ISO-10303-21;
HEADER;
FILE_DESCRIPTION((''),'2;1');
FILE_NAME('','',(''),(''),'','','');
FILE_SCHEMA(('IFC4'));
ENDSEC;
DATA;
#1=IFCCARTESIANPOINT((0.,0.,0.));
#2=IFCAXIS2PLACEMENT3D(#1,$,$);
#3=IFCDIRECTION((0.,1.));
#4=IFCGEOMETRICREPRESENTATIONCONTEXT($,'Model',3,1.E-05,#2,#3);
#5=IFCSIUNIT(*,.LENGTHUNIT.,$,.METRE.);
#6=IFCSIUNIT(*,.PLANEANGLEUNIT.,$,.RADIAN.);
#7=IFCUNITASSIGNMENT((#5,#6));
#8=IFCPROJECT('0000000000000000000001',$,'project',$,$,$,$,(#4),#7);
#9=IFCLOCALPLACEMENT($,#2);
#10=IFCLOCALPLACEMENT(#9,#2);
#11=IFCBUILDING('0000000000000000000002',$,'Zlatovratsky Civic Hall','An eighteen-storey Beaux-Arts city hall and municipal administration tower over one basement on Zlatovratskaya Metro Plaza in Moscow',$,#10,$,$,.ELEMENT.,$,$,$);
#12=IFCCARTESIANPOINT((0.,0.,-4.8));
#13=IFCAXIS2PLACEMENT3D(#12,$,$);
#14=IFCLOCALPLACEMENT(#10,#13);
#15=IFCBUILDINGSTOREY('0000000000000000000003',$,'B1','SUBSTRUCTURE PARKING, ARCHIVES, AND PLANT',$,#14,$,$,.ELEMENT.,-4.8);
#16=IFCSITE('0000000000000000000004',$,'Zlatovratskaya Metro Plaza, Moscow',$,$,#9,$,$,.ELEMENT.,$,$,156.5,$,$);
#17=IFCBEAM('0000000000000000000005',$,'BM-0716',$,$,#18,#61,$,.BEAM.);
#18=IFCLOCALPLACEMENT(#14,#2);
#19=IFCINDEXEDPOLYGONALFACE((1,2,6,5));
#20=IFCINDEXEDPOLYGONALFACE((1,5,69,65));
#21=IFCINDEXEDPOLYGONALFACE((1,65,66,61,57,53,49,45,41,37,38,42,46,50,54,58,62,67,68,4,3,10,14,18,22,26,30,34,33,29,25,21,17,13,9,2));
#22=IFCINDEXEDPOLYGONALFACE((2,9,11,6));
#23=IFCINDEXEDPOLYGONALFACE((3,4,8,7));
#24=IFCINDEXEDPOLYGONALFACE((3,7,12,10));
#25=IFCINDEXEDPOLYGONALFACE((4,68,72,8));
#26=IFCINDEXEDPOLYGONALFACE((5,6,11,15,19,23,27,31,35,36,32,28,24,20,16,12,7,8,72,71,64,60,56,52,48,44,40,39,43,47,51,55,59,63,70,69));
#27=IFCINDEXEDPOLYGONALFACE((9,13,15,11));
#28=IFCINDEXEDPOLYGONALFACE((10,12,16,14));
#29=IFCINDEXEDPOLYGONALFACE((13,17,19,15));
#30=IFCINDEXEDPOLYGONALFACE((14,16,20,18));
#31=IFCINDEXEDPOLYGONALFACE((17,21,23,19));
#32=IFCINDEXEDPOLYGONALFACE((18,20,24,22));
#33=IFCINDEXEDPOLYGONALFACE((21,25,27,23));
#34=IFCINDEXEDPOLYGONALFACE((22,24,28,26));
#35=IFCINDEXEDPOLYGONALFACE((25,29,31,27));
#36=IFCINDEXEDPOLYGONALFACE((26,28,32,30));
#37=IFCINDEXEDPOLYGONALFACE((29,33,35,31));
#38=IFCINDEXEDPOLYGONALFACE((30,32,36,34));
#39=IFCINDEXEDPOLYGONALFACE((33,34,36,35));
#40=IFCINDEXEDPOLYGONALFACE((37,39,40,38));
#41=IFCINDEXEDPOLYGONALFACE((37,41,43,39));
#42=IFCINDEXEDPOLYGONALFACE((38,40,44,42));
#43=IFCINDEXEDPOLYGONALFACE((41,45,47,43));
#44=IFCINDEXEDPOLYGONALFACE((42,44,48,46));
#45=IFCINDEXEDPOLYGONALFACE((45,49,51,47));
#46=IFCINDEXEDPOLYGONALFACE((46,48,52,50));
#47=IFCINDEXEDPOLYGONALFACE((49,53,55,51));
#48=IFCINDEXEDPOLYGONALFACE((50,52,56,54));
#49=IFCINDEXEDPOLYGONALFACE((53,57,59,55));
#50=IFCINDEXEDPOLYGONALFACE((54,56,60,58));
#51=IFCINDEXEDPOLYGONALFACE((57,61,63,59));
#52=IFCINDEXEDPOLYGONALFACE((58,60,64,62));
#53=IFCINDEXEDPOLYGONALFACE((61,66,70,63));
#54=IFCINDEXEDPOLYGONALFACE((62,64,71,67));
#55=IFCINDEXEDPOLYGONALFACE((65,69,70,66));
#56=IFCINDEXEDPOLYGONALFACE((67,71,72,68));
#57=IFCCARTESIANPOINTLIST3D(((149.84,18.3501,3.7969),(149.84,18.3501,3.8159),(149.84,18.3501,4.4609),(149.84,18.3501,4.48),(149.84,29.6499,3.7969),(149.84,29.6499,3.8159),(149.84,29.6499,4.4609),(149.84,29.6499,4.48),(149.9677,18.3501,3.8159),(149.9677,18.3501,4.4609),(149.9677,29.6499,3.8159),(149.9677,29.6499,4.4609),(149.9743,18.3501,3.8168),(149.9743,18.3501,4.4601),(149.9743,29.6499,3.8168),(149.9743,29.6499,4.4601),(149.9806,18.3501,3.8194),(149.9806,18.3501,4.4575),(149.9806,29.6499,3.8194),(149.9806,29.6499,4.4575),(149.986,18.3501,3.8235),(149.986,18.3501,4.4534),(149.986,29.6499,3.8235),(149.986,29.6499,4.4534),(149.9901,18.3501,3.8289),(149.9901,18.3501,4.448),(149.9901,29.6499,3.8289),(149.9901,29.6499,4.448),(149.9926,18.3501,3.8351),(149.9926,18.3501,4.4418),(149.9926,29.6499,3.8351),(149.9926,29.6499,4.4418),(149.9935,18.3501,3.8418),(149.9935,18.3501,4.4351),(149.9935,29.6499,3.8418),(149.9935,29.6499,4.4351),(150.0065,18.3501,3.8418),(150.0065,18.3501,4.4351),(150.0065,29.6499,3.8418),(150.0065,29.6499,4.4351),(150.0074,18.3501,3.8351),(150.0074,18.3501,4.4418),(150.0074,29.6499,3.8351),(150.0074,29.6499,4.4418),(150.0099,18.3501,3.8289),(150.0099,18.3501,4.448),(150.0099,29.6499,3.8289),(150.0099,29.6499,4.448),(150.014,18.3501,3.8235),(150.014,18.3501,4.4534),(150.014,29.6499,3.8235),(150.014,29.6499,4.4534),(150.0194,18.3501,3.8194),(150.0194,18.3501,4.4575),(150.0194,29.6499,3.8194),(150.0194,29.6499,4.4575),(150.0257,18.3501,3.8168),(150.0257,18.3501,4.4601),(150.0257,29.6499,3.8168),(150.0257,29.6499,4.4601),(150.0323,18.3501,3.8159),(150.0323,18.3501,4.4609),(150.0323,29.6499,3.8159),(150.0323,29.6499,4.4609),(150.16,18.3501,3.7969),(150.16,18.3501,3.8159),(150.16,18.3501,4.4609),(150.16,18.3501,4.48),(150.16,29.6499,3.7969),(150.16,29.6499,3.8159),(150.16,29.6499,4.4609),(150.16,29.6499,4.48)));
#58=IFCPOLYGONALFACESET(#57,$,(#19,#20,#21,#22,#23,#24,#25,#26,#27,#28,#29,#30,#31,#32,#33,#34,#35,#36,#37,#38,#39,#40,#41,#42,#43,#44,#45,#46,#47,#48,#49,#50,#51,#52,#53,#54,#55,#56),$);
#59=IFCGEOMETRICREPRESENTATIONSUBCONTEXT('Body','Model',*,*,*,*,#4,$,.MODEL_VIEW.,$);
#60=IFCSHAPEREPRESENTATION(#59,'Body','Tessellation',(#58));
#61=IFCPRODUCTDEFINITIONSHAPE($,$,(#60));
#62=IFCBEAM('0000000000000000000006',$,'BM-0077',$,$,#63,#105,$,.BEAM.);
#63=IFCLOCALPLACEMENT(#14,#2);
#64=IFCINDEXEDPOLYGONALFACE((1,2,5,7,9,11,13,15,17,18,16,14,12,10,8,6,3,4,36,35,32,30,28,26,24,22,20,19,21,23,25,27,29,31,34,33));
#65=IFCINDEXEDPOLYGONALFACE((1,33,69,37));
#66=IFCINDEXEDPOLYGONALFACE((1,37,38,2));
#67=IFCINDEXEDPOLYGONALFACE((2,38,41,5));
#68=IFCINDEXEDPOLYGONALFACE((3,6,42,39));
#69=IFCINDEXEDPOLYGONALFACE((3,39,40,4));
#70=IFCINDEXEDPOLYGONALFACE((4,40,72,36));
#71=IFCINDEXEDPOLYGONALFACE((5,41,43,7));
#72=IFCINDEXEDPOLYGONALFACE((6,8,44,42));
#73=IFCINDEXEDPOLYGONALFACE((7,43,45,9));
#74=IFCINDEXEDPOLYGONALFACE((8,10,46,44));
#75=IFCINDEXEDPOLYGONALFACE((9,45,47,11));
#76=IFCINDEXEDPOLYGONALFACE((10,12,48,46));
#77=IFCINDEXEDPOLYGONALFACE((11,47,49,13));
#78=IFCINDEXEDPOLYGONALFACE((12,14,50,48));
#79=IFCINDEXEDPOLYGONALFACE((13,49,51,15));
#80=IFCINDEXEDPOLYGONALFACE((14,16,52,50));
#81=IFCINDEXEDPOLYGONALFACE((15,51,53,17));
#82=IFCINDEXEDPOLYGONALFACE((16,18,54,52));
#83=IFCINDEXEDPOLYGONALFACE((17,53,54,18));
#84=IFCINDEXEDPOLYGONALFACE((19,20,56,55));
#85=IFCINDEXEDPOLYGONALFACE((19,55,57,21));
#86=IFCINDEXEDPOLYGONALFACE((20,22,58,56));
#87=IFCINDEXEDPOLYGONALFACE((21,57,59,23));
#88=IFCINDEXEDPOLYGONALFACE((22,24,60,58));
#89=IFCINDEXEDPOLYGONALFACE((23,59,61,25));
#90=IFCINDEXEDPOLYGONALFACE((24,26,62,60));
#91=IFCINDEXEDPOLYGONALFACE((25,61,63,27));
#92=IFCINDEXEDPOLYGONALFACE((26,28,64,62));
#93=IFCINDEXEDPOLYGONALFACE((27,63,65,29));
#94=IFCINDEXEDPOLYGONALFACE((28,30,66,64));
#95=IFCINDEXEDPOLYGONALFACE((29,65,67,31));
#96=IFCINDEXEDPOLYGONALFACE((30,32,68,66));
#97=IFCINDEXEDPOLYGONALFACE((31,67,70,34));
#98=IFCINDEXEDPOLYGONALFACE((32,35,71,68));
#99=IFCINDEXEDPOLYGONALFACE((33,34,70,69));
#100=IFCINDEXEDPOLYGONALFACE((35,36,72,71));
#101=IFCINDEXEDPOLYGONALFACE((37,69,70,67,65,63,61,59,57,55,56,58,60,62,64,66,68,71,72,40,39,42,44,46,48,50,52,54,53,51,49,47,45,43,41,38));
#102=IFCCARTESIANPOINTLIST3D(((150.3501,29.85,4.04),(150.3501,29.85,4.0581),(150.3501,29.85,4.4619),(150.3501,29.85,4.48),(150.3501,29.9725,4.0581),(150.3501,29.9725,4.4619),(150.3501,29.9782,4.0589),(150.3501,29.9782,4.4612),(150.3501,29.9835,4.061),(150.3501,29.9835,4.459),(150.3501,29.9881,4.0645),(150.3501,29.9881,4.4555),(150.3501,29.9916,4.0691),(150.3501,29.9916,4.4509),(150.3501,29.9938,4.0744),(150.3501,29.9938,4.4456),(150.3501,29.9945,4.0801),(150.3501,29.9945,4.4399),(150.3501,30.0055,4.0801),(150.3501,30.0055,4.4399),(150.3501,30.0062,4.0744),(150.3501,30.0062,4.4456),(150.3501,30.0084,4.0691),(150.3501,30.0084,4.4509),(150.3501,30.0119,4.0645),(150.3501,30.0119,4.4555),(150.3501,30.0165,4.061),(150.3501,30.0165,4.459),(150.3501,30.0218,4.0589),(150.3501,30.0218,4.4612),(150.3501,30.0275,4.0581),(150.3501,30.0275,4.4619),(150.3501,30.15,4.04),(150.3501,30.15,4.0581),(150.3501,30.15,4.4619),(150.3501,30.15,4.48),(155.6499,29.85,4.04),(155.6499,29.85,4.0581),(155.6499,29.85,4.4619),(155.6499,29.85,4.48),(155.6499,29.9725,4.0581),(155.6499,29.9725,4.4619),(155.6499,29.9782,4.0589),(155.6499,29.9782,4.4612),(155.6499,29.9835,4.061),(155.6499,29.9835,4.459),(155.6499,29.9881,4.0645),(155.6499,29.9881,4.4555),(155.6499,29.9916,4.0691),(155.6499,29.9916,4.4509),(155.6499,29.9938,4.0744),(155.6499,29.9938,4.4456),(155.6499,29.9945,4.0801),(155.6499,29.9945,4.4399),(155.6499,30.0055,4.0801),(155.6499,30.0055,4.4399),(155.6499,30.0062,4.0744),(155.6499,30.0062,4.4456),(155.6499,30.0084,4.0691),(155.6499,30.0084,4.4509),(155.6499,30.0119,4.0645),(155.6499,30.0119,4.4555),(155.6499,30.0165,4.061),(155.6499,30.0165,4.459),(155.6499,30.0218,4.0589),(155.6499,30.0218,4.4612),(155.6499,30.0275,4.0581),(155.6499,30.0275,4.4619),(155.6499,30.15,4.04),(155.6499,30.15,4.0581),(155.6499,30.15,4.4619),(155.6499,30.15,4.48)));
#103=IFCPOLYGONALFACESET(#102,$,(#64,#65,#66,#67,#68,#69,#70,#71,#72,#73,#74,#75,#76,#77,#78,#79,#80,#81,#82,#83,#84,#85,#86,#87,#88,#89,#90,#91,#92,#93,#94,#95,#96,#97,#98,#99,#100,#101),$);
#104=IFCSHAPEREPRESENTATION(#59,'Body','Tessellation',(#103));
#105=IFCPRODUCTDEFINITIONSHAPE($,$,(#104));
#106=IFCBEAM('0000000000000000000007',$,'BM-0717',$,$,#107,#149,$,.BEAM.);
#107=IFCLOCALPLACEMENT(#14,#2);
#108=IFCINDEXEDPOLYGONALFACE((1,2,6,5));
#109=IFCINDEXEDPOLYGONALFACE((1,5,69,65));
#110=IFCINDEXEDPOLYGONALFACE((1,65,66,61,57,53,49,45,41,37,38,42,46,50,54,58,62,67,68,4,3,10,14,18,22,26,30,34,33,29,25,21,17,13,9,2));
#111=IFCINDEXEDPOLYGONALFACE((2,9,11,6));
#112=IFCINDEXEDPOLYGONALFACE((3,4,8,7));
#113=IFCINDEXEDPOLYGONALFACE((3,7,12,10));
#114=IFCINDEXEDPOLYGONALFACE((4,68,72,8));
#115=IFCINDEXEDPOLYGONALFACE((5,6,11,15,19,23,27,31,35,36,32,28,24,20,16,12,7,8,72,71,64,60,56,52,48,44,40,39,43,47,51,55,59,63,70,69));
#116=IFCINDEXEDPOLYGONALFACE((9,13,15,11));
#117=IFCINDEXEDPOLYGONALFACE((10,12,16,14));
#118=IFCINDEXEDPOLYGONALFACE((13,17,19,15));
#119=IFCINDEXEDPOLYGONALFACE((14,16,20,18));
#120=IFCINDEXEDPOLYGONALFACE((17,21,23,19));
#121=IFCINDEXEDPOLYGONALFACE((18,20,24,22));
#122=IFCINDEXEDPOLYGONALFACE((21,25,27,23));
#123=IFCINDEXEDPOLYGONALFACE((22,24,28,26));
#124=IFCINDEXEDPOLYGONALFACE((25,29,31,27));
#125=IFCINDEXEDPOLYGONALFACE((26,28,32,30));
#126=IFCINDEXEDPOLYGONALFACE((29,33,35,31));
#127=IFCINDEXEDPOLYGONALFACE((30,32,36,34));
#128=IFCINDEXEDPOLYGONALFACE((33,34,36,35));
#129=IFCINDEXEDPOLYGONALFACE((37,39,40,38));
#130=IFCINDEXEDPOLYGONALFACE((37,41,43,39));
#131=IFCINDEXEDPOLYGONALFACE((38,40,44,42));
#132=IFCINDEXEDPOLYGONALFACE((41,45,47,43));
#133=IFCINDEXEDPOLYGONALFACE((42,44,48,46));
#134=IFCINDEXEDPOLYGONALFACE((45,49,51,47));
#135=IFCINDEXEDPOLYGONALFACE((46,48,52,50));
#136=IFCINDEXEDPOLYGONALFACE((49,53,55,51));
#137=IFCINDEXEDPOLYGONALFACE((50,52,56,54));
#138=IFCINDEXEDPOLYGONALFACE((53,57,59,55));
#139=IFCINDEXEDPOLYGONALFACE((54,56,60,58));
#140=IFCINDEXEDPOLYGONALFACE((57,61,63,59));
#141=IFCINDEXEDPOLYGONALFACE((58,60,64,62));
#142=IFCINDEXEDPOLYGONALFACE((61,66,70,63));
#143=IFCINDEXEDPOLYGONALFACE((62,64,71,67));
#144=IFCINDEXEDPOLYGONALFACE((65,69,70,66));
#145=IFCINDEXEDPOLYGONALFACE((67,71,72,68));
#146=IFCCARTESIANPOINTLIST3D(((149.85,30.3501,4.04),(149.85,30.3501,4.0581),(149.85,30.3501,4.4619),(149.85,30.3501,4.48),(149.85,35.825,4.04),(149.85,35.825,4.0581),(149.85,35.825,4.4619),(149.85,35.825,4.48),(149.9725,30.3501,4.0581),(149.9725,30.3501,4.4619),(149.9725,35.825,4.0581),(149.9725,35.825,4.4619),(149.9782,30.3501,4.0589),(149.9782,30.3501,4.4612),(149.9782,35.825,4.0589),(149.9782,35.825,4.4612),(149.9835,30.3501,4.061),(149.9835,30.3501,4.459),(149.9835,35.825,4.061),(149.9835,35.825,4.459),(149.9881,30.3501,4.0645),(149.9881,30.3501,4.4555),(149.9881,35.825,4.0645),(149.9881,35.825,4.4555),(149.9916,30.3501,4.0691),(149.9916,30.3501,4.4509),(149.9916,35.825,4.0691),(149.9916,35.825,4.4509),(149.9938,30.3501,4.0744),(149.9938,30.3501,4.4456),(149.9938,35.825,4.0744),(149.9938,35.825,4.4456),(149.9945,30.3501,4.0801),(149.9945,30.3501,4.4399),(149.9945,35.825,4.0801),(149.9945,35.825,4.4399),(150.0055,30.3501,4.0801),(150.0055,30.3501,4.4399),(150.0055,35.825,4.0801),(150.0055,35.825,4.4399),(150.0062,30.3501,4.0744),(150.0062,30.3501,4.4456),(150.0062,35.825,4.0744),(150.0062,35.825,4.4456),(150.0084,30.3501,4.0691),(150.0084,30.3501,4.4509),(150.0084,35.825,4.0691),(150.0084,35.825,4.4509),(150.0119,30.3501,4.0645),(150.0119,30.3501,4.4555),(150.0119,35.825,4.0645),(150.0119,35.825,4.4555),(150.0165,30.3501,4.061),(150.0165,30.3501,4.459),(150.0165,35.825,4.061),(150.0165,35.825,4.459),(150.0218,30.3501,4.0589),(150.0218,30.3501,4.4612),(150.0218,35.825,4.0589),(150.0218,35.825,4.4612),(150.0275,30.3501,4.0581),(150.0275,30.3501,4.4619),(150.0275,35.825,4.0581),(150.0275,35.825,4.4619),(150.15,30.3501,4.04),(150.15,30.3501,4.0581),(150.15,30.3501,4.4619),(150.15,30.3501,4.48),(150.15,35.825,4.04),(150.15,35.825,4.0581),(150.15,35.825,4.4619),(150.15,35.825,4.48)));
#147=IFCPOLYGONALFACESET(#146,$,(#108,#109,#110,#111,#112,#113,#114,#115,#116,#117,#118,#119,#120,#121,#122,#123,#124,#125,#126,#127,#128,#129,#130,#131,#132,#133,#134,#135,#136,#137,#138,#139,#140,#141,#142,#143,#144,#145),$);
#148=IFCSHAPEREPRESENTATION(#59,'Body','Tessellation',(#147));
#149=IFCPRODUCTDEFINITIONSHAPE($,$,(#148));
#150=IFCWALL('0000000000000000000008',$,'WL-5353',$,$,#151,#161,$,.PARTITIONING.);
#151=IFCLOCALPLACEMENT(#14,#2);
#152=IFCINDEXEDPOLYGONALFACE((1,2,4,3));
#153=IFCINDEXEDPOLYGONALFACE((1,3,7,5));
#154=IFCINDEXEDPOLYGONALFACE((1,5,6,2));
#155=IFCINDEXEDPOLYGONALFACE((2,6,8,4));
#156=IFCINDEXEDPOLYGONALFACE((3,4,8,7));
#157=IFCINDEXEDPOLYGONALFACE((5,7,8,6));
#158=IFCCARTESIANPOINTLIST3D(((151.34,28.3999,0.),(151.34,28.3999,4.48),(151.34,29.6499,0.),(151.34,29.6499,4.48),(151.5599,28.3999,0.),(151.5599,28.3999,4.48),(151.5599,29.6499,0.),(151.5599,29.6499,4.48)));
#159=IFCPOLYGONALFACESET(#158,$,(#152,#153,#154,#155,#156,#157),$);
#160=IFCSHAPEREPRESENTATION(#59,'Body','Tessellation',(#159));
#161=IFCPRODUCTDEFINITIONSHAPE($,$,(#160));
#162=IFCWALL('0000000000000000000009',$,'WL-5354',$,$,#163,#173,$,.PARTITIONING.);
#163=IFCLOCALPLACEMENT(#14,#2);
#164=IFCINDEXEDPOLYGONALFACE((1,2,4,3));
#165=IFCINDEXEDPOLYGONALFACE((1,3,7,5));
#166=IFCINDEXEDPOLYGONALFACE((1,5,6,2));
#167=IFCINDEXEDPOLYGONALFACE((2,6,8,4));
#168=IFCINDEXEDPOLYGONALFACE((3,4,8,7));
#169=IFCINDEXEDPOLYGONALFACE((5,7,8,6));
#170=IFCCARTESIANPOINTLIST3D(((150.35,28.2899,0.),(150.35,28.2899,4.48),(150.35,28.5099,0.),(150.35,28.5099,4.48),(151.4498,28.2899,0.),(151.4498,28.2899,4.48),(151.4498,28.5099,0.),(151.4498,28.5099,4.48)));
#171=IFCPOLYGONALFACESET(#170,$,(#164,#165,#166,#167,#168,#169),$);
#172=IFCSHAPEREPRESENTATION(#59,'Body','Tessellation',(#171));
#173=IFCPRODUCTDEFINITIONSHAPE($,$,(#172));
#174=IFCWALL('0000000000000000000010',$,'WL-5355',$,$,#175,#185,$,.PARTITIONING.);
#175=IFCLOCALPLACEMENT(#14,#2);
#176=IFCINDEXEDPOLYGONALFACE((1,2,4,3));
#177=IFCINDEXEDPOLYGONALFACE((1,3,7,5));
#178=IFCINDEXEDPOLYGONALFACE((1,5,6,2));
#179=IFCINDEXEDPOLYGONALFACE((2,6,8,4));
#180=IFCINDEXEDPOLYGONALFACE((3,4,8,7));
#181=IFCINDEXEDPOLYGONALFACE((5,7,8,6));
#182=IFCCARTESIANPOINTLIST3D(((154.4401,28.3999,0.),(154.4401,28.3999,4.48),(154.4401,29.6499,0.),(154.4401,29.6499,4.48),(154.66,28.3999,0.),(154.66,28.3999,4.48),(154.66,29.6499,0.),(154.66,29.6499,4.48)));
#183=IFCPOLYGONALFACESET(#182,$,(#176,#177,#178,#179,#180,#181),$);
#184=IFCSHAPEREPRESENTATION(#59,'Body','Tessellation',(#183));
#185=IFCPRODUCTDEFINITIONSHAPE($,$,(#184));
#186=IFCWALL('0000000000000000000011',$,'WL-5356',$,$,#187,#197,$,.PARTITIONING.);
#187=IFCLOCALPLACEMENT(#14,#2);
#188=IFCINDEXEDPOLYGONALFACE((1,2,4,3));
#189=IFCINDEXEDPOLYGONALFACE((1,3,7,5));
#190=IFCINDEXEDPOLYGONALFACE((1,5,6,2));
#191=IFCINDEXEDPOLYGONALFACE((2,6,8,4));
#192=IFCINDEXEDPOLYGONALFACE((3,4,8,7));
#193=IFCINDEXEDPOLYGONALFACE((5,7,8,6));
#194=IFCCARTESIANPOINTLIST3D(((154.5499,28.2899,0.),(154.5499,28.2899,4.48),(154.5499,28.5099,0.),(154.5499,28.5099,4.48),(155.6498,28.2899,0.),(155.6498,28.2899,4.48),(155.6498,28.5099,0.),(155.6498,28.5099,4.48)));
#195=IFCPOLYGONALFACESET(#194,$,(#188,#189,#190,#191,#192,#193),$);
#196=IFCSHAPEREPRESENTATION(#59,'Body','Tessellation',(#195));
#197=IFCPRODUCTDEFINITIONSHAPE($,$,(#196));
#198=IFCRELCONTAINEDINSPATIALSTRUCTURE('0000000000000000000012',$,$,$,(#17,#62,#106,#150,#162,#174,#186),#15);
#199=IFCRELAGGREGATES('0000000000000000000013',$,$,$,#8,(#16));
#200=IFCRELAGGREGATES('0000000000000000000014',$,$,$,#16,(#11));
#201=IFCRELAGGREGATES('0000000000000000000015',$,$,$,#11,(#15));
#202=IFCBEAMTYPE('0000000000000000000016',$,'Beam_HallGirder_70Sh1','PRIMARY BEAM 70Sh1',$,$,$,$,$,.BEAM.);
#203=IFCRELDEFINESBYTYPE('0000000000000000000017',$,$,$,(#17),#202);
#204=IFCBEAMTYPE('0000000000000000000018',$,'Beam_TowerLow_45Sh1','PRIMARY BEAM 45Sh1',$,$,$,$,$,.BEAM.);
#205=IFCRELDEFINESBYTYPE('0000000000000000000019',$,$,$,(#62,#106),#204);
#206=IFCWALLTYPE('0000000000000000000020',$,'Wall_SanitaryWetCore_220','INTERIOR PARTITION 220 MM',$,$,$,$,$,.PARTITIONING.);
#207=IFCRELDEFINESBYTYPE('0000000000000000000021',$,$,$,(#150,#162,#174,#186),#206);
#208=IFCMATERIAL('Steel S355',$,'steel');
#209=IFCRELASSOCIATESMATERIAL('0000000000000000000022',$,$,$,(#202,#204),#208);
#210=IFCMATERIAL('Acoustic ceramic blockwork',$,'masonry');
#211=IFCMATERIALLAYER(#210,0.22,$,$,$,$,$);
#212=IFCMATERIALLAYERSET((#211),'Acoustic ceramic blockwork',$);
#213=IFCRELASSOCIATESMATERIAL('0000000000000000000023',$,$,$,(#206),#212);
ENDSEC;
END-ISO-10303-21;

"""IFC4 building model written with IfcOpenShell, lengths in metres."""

from ifc_helpers import new_model, si_unit, direction, frame, frame_2d, origin, origin_2d, place, context, subcontext, project, spatial, rectangle, i_section, extrude, material, layer, layer_set, material_profile, profile_set, type_object, element, save


model = new_model("IFC4")

# Units and contexts
model_context = context("Model", 3, precision=1e-05, world=origin(), true_north=direction((0.0, 1.0)))
body_context = subcontext(model_context, "Body", "Model", "MODEL_VIEW")
ifc_project = project(units=[si_unit("LENGTHUNIT", "METRE"), si_unit("PLANEANGLEUNIT", "RADIAN")], contexts=[model_context])

# Site, building, storey
site_placement = place(None, origin())
site = spatial("IfcSite", under=ifc_project, at=site_placement, Name="Zlatovratskaya Metro Plaza, Moscow", CompositionType="ELEMENT", RefElevation=156.5)
building_placement = place(site_placement, origin())
building = spatial("IfcBuilding", under=site, at=building_placement, Name="Zlatovratsky Civic Hall", Description="An eighteen-storey Beaux-Arts city hall and municipal administration tower over one basement on Zlatovratskaya Metro Plaza in Moscow", CompositionType="ELEMENT")
storey_placement = place(building_placement, frame((0.0, 0.0, -4.8)))
storey = spatial("IfcBuildingStorey", under=building, at=storey_placement, Name="B1", Description="SUBSTRUCTURE PARKING, ARCHIVES, AND PLANT", CompositionType="ELEMENT", Elevation=-4.8)

# Beams
ifc_material_1 = material(Name="Steel S355", Category="steel")
ifc_material_profile_1 = material_profile(ifc_material_1, i_section(OverallWidth=0.3201, OverallDepth=0.6831, WebThickness=0.0129, FlangeThickness=0.019, FilletRadius=0.0259, at=origin_2d()), Name="70Sh1")
ifc_profile_set_1 = profile_set([ifc_material_profile_1], Name="Steel S355")
beam_type_1 = type_object("IfcBeamType", Name="Beam_HallGirder_70Sh1", Description="PRIMARY BEAM 70Sh1", PredefinedType="BEAM", material=ifc_profile_set_1)
beam_1_placement = place(storey_placement, frame((150.0, 18.3501, 4.1384), z_axis=(0.0, 1.0, 0.0), x_axis=(-1.0, 0.0, 0.0)))
element("IfcBeam", 1, at=beam_1_placement, inside=storey, type_object=beam_type_1, Name="BM-0716", PredefinedType="BEAM", context=body_context, shape_type="SweptSolid", body=[
    extrude(i_section(OverallWidth=0.3201, OverallDepth=0.6831, WebThickness=0.0129, FlangeThickness=0.019, FilletRadius=0.0259, at=origin_2d()), origin(), (0.0, 0.0, 1.0), 11.2998),
])
ifc_material_profile_2 = material_profile(ifc_material_1, i_section(OverallWidth=0.3, OverallDepth=0.4399, WebThickness=0.011, FlangeThickness=0.0181, FilletRadius=0.022, at=origin_2d()), Name="45Sh1")
ifc_profile_set_2 = profile_set([ifc_material_profile_2], Name="Steel S355")
beam_type_2 = type_object("IfcBeamType", Name="Beam_TowerLow_45Sh1", Description="PRIMARY BEAM 45Sh1", PredefinedType="BEAM", material=ifc_profile_set_2)
beam_2_placement = place(storey_placement, frame((150.3501, 30.0, 4.26), z_axis=(1.0, 0.0, 0.0), x_axis=(0.0, 1.0, 0.0)))
element("IfcBeam", 2, at=beam_2_placement, inside=storey, type_object=beam_type_2, Name="BM-0077", PredefinedType="BEAM", context=body_context, shape_type="SweptSolid", body=[
    extrude(i_section(OverallWidth=0.3, OverallDepth=0.4399, WebThickness=0.011, FlangeThickness=0.0181, FilletRadius=0.022, at=origin_2d()), origin(), (0.0, 0.0, 1.0), 5.2998),
])
beam_3_placement = place(storey_placement, frame((150.0, 30.3501, 4.26), z_axis=(0.0, 1.0, 0.0), x_axis=(-1.0, 0.0, 0.0)))
element("IfcBeam", 3, at=beam_3_placement, inside=storey, type_object=beam_type_2, Name="BM-0717", PredefinedType="BEAM", context=body_context, shape_type="SweptSolid", body=[
    extrude(i_section(OverallWidth=0.3, OverallDepth=0.4399, WebThickness=0.011, FlangeThickness=0.0181, FilletRadius=0.022, at=origin_2d()), origin(), (0.0, 0.0, 1.0), 5.4749),
])

# Walls
ifc_material_2 = material(Name="Acoustic ceramic blockwork", Category="masonry")
ifc_layer_1 = layer(ifc_material_2, 0.22)
ifc_layer_set_1 = layer_set([ifc_layer_1], Name="Acoustic ceramic blockwork")
wall_type_1 = type_object("IfcWallType", Name="Wall_SanitaryWetCore_220", Description="INTERIOR PARTITION 220 MM", PredefinedType="PARTITIONING", material=ifc_layer_set_1)
wall_1_placement = place(storey_placement, frame((151.45, 28.3999, 0.0), z_axis=(0.0, 0.0, 1.0), x_axis=(0.0, 1.0, 0.0)))
element("IfcWall", 4, at=wall_1_placement, inside=storey, type_object=wall_type_1, Name="WL-5353", PredefinedType="PARTITIONING", context=body_context, shape_type="SweptSolid", body=[
    extrude(rectangle(XDim=1.25, YDim=0.22, at=frame_2d((0.625, 0.0))), origin(), (0.0, 0.0, 1.0), 4.48),
])
wall_2_placement = place(storey_placement, frame((150.3501, 28.3999, 0.0), z_axis=(0.0, 0.0, 1.0), x_axis=(1.0, 0.0, 0.0)))
element("IfcWall", 5, at=wall_2_placement, inside=storey, type_object=wall_type_1, Name="WL-5354", PredefinedType="PARTITIONING", context=body_context, shape_type="SweptSolid", body=[
    extrude(rectangle(XDim=1.0999, YDim=0.22, at=frame_2d((0.5498, 0.0))), origin(), (0.0, 0.0, 1.0), 4.48),
])
wall_3_placement = place(storey_placement, frame((154.55, 28.3999, 0.0), z_axis=(0.0, 0.0, 1.0), x_axis=(0.0, 1.0, 0.0)))
element("IfcWall", 6, at=wall_3_placement, inside=storey, type_object=wall_type_1, Name="WL-5355", PredefinedType="PARTITIONING", context=body_context, shape_type="SweptSolid", body=[
    extrude(rectangle(XDim=1.25, YDim=0.22, at=frame_2d((0.625, 0.0))), origin(), (0.0, 0.0, 1.0), 4.48),
])
wall_4_placement = place(storey_placement, frame((154.55, 28.3999, 0.0), z_axis=(0.0, 0.0, 1.0), x_axis=(1.0, 0.0, 0.0)))
element("IfcWall", 7, at=wall_4_placement, inside=storey, type_object=wall_type_1, Name="WL-5356", PredefinedType="PARTITIONING", context=body_context, shape_type="SweptSolid", body=[
    extrude(rectangle(XDim=1.0999, YDim=0.22, at=frame_2d((0.5498, 0.0))), origin(), (0.0, 0.0, 1.0), 4.48),
])

save(model, "model.ifc")
